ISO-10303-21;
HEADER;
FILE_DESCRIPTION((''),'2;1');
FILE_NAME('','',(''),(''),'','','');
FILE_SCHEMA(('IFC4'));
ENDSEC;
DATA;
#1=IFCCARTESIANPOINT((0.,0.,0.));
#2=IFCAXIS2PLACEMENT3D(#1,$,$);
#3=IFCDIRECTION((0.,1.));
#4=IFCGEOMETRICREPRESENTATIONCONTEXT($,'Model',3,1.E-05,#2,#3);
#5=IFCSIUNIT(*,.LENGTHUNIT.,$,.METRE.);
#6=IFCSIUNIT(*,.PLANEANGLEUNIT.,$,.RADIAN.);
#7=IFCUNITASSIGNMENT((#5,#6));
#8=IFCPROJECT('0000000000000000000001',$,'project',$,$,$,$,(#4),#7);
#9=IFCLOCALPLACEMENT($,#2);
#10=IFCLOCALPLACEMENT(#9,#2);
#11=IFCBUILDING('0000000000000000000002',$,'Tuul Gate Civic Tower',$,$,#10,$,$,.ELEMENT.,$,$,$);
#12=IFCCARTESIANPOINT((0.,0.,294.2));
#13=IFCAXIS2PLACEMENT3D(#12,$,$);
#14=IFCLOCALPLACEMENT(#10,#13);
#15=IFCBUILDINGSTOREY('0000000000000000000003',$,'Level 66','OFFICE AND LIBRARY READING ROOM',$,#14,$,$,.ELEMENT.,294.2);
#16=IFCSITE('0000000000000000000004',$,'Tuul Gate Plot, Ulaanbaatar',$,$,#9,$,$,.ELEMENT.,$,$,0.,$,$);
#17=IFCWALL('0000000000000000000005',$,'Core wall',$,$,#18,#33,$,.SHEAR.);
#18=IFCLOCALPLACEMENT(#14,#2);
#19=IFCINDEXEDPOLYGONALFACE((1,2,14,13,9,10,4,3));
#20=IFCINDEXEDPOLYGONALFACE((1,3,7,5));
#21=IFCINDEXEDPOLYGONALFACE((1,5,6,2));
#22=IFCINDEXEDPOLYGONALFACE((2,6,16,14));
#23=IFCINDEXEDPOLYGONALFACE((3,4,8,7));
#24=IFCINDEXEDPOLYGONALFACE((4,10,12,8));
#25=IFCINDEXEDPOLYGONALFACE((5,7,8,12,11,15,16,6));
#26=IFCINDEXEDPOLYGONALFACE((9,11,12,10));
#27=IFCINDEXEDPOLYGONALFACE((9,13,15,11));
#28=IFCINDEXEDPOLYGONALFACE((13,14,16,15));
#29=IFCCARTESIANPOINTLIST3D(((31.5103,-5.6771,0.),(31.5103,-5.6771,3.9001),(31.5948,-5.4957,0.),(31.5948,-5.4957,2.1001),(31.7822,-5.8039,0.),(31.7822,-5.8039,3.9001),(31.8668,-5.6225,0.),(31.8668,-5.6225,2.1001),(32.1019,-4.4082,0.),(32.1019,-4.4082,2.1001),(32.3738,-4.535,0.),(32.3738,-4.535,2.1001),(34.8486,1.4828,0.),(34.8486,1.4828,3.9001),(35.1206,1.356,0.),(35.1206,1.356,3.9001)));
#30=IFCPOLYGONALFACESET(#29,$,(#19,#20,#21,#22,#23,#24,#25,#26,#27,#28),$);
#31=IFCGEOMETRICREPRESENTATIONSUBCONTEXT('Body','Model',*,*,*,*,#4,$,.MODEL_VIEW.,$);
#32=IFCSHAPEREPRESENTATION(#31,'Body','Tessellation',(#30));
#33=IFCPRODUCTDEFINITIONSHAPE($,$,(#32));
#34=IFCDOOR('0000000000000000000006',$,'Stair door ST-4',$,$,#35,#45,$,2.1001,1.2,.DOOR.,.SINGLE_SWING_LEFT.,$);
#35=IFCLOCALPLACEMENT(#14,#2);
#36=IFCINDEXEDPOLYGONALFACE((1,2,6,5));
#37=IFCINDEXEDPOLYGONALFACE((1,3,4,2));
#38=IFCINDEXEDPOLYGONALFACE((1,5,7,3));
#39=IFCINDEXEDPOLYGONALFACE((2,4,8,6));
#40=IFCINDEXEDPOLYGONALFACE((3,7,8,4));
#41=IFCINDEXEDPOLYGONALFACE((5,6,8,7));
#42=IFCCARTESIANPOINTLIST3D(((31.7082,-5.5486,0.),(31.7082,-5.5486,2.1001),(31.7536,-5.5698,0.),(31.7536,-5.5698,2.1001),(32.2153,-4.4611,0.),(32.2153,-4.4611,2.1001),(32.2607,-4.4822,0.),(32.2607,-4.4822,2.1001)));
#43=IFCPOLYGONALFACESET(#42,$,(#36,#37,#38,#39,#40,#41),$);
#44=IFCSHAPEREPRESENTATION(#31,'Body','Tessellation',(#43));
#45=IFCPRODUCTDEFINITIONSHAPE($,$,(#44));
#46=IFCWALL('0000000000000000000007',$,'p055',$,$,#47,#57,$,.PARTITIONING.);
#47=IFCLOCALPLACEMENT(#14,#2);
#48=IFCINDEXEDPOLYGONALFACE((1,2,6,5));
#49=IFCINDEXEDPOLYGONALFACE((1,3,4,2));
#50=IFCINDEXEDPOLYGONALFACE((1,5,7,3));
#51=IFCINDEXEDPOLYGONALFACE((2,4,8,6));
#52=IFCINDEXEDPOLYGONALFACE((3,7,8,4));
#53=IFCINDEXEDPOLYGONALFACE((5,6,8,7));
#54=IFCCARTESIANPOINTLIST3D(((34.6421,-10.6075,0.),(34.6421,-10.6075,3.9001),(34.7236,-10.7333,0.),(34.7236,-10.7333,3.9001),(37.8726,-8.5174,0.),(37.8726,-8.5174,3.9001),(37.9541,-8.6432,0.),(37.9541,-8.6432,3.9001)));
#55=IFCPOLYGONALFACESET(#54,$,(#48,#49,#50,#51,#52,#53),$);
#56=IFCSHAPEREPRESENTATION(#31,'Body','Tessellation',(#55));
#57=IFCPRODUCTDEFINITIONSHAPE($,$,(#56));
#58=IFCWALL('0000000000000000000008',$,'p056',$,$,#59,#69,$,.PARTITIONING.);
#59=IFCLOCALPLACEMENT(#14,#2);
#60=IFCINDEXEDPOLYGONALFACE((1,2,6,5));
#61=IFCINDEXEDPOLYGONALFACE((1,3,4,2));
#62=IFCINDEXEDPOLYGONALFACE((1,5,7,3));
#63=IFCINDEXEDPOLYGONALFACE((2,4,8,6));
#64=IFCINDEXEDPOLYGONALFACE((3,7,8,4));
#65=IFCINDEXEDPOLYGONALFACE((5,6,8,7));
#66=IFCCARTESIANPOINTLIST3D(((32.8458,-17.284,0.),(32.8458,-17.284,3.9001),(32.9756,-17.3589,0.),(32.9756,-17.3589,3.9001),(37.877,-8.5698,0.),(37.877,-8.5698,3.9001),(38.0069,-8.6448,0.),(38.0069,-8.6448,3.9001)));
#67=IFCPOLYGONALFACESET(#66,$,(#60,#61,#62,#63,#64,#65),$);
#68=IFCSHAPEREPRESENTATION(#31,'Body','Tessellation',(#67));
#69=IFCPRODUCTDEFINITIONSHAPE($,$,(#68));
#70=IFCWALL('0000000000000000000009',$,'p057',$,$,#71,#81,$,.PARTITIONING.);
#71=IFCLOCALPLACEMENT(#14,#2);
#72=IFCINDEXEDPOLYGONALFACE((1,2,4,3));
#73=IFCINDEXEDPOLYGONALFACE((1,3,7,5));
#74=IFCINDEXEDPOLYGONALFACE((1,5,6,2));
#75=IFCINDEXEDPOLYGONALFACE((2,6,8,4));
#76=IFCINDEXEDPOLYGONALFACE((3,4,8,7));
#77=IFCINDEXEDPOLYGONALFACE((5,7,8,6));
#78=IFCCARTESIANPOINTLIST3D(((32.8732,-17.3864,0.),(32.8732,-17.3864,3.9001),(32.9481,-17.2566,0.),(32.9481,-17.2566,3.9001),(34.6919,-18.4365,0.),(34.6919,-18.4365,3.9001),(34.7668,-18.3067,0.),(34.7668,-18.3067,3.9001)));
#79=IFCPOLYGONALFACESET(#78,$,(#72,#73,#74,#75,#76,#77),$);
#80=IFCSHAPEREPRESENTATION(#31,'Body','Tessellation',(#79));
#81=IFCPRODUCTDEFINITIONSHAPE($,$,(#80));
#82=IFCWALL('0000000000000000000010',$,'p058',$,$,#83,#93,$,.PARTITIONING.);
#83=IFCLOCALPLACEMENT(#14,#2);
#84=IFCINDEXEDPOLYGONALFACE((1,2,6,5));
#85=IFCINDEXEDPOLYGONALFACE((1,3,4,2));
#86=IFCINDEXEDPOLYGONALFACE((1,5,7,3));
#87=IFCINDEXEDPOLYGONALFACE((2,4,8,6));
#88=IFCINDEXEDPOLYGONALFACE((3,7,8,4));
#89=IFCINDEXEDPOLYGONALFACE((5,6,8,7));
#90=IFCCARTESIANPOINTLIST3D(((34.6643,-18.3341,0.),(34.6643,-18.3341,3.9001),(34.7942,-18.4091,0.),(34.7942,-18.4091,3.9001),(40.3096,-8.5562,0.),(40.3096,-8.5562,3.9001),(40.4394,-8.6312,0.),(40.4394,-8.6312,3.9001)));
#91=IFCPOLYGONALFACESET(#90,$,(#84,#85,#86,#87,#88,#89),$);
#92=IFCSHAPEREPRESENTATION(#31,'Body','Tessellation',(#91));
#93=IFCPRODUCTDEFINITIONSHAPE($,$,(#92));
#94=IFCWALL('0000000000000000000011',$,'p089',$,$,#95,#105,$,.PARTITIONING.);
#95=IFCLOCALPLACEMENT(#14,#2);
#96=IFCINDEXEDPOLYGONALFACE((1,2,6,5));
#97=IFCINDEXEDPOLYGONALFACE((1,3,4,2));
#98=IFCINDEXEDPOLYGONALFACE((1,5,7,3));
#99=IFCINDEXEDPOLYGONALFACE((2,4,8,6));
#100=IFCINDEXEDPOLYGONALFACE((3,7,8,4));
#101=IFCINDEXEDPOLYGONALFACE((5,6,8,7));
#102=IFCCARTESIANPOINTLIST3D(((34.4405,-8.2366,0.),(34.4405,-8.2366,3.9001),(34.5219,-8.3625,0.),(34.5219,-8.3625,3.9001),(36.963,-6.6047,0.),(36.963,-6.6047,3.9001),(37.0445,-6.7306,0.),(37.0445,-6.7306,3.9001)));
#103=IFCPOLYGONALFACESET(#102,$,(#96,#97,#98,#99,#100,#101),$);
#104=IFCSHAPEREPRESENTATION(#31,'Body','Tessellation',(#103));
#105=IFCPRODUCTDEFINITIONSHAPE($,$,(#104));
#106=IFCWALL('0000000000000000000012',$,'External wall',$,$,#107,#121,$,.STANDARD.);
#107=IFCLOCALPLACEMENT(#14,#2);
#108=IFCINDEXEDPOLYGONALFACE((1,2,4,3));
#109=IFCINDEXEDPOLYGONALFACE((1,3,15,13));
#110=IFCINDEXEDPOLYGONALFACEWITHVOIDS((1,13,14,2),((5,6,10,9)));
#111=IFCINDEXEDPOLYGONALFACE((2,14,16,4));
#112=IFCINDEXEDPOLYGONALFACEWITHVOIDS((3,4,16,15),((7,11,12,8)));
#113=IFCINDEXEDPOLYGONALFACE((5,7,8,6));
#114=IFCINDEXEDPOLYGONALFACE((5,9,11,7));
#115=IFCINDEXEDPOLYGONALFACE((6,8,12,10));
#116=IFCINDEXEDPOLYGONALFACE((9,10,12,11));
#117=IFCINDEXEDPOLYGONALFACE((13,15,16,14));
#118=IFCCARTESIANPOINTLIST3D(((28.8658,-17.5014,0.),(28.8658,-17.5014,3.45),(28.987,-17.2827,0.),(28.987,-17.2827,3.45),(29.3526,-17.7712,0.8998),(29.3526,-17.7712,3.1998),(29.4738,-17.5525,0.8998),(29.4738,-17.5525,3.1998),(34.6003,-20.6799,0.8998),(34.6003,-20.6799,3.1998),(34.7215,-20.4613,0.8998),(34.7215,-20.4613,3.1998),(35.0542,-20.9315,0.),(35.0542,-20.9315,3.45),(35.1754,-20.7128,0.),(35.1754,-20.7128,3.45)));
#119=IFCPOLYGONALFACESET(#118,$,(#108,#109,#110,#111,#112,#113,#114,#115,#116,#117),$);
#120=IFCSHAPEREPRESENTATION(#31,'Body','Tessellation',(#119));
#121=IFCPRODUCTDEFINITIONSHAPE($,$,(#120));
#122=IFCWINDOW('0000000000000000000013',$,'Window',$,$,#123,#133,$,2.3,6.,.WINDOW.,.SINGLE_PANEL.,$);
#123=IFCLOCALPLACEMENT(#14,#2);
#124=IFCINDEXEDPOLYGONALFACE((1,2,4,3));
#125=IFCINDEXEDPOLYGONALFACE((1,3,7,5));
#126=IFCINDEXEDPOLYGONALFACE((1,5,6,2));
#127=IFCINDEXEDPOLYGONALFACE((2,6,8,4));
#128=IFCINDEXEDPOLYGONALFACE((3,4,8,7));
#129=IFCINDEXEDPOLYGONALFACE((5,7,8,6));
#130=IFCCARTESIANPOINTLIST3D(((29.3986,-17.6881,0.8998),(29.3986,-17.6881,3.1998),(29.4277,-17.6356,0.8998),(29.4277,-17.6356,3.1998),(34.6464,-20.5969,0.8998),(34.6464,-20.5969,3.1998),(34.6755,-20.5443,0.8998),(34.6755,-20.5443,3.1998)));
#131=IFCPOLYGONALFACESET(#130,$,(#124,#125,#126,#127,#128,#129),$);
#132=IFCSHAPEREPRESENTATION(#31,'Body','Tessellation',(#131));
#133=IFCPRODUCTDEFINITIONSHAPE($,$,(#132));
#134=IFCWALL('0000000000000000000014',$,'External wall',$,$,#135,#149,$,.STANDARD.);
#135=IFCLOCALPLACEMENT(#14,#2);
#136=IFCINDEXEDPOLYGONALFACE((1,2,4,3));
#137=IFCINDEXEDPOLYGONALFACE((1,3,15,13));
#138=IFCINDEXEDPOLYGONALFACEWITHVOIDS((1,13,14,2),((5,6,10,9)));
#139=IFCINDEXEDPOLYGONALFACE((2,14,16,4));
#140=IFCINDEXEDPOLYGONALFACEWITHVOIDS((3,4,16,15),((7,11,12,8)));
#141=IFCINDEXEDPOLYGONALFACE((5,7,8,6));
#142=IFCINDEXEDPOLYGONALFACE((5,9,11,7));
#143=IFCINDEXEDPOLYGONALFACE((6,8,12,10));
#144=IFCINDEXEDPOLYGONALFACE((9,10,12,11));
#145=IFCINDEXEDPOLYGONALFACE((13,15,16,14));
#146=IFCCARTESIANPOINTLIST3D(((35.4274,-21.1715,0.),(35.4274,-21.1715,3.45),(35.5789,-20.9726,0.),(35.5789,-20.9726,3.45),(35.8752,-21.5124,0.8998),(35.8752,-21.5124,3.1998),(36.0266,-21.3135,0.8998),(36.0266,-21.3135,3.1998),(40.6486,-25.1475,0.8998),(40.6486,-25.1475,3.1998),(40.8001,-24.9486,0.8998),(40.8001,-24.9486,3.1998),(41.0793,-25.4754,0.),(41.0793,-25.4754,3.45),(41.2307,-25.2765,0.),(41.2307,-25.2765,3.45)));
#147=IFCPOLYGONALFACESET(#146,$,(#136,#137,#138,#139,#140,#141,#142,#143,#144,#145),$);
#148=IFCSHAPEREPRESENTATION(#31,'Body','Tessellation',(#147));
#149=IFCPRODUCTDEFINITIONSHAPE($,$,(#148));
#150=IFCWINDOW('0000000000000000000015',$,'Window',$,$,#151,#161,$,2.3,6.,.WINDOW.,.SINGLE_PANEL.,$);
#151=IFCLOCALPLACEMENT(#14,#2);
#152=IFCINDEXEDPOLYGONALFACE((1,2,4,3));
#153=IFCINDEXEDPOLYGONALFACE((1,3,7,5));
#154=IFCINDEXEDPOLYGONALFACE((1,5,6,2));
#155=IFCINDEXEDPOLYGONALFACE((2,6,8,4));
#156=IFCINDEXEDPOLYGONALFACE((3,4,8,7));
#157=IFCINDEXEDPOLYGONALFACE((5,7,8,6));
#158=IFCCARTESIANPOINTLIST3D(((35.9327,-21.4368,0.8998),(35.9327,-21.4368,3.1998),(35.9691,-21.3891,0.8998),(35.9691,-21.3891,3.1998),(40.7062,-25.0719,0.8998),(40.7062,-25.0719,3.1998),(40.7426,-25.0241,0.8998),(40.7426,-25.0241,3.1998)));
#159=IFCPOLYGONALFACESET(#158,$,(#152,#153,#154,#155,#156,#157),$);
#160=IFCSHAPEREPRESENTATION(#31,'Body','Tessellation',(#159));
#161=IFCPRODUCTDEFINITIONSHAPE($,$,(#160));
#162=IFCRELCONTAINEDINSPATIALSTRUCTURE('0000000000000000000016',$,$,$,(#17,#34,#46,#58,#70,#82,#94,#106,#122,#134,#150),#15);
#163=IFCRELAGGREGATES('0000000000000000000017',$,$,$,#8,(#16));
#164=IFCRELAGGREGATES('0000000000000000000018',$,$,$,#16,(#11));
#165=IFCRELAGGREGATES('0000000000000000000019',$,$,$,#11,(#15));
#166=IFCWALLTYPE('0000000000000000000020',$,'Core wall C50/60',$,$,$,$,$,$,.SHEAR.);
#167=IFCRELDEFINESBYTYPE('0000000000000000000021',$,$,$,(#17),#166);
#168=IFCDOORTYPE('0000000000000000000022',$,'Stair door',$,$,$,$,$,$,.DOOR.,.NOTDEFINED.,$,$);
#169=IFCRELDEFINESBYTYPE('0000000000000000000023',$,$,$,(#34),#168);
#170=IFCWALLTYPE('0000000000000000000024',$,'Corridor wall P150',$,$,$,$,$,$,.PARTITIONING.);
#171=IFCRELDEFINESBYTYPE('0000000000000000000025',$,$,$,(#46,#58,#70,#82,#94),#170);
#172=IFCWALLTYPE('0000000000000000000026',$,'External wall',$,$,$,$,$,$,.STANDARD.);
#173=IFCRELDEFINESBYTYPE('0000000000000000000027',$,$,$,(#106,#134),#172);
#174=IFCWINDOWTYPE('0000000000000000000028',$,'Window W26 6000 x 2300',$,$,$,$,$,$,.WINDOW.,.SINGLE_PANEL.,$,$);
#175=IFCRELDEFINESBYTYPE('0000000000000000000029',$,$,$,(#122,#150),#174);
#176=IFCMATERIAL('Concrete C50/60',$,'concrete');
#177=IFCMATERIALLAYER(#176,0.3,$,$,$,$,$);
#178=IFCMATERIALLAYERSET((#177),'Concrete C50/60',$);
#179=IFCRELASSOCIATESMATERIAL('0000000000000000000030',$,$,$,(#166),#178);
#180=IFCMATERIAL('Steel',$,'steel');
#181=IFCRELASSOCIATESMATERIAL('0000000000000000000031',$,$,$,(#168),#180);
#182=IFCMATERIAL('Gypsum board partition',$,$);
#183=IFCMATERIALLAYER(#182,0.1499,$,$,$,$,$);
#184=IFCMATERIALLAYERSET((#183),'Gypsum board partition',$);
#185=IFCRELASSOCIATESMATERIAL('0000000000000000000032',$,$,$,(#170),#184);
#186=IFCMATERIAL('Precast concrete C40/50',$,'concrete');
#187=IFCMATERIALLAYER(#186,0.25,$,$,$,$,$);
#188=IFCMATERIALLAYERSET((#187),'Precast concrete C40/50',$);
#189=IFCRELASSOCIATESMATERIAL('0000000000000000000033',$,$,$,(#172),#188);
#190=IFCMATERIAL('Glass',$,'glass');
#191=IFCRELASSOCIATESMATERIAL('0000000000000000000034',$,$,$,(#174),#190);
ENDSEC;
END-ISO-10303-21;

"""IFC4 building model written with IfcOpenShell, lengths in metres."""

from ifc_helpers import new_model, si_unit, direction, frame, frame_2d, origin, place, context, subcontext, project, spatial, rectangle, extrude, material, layer, layer_set, type_object, element, fill, save


model = new_model("IFC4")

# Units and contexts
model_context = context("Model", 3, precision=1e-05, world=origin(), true_north=direction((0.0, 1.0)))
body_context = subcontext(model_context, "Body", "Model", "MODEL_VIEW")
ifc_project = project(units=[si_unit("LENGTHUNIT", "METRE"), si_unit("PLANEANGLEUNIT", "RADIAN")], contexts=[model_context])

# Site, building, storey
site_placement = place(None, origin())
site = spatial("IfcSite", under=ifc_project, at=site_placement, Name="Tuul Gate Plot, Ulaanbaatar", CompositionType="ELEMENT", RefElevation=0.0)
building_placement = place(site_placement, origin())
building = spatial("IfcBuilding", under=site, at=building_placement, Name="Tuul Gate Civic Tower", CompositionType="ELEMENT")
storey_placement = place(building_placement, frame((0.0, 0.0, 294.2)))
storey = spatial("IfcBuildingStorey", under=building, at=storey_placement, Name="Level 66", Description="OFFICE AND LIBRARY READING ROOM", CompositionType="ELEMENT", Elevation=294.2)

# Shared definitions
ifc_material_1 = material(Name="Concrete C50/60", Category="concrete")
ifc_layer_1 = layer(ifc_material_1, 0.3)
ifc_layer_set_1 = layer_set([ifc_layer_1], Name="Concrete C50/60")
wall_type_1 = type_object("IfcWallType", Name="Core wall C50/60", PredefinedType="SHEAR", material=ifc_layer_set_1)

# Wall, opening, door
wall_1_placement = place(storey_placement, frame((31.6462, -5.7405, 0.0), z_axis=(0.0, 0.0, 1.0), x_axis=(0.422583, 0.906324, 0.0)))
wall_1 = element("IfcWall", 1, at=wall_1_placement, inside=storey, type_object=wall_type_1, Name="Core wall", PredefinedType="SHEAR", context=body_context, shape_type="SweptSolid", body=[
    extrude(rectangle(XDim=7.8999, YDim=0.3, at=frame_2d((3.95, 0.0))), origin(), (0.0, 0.0, 1.0), 3.9001),
])
opening_1_placement = place(wall_1_placement, frame((0.2, 0.0, 0.0)))
opening_1 = element("IfcOpeningElement", 2, at=opening_1_placement, cuts=wall_1, PredefinedType="OPENING", context=body_context, shape_type="SweptSolid", body=[
    extrude(rectangle(XDim=1.2, YDim=2.1001, at=frame_2d((0.6001, 1.05))), frame((0.0, 0.1602, 0.0), z_axis=(0.0, -1.0, 0.0), x_axis=(1.0, 0.0, 0.0)), (0.0, 0.0, 1.0), 0.3201),
])
ifc_material_2 = material(Name="Steel", Category="steel")
door_type_1 = type_object("IfcDoorType", Name="Stair door", OperationType="NOTDEFINED", PredefinedType="DOOR", material=ifc_material_2)
door_1_placement = place(opening_1_placement, origin())
door_1 = element("IfcDoor", 3, at=door_1_placement, inside=storey, type_object=door_type_1, Name="Stair door ST-4", OperationType="SINGLE_SWING_LEFT", OverallHeight=2.1001, OverallWidth=1.2, PredefinedType="DOOR", context=body_context, shape_type="SweptSolid", body=[
    extrude(rectangle(XDim=1.2, YDim=2.1001, at=frame_2d((0.6001, 1.05))), frame((0.0, 0.0249, 0.0), z_axis=(0.0, -1.0, 0.0), x_axis=(1.0, 0.0, 0.0)), (0.0, 0.0, 1.0), 0.05),
])
fill(opening_1, door_1)

# Walls
ifc_material_3 = material(Name="Gypsum board partition")
ifc_layer_2 = layer(ifc_material_3, 0.1499)
ifc_layer_set_2 = layer_set([ifc_layer_2], Name="Gypsum board partition")
wall_type_2 = type_object("IfcWallType", Name="Corridor wall P150", PredefinedType="PARTITIONING", material=ifc_layer_set_2)
wall_2_placement = place(storey_placement, frame((34.6829, -10.6704, 0.0), z_axis=(0.0, 0.0, 1.0), x_axis=(0.839596, 0.543212, 0.0)))
element("IfcWall", 4, at=wall_2_placement, inside=storey, type_object=wall_type_2, Name="p055", PredefinedType="PARTITIONING", context=body_context, shape_type="SweptSolid", body=[
    extrude(rectangle(XDim=3.8477, YDim=0.1499, at=frame_2d((1.9238, 0.0))), origin(), (0.0, 0.0, 1.0), 3.9001),
])
wall_3_placement = place(storey_placement, frame((32.9106, -17.3215, 0.0), z_axis=(0.0, 0.0, 1.0), x_axis=(0.500012, 0.866019, 0.0)))
element("IfcWall", 5, at=wall_3_placement, inside=storey, type_object=wall_type_2, Name="p056", PredefinedType="PARTITIONING", context=body_context, shape_type="SweptSolid", body=[
    extrude(rectangle(XDim=10.0623, YDim=0.1499, at=frame_2d((5.0312, 0.0))), origin(), (0.0, 0.0, 1.0), 3.9001),
])
wall_4_placement = place(storey_placement, frame((32.9106, -17.3215, 0.0), z_axis=(0.0, 0.0, 1.0), x_axis=(0.866009, -0.500028, 0.0)))
element("IfcWall", 6, at=wall_4_placement, inside=storey, type_object=wall_type_2, Name="p057", PredefinedType="PARTITIONING", context=body_context, shape_type="SweptSolid", body=[
    extrude(rectangle(XDim=2.1001, YDim=0.1499, at=frame_2d((1.05, 0.0))), origin(), (0.0, 0.0, 1.0), 3.9001),
])
wall_5_placement = place(storey_placement, frame((34.7292, -18.3716, 0.0), z_axis=(0.0, 0.0, 1.0), x_axis=(0.500002, 0.866024, 0.0)))
element("IfcWall", 7, at=wall_5_placement, inside=storey, type_object=wall_type_2, Name="p058", PredefinedType="PARTITIONING", context=body_context, shape_type="SweptSolid", body=[
    extrude(rectangle(XDim=11.2905, YDim=0.1499, at=frame_2d((5.6453, 0.0))), origin(), (0.0, 0.0, 1.0), 3.9001),
])
wall_6_placement = place(storey_placement, frame((34.4812, -8.2996, 0.0), z_axis=(0.0, 0.0, 1.0), x_axis=(0.839622, 0.54317, 0.0)))
element("IfcWall", 8, at=wall_6_placement, inside=storey, type_object=wall_type_2, Name="p089", PredefinedType="PARTITIONING", context=body_context, shape_type="SweptSolid", body=[
    extrude(rectangle(XDim=3.0044, YDim=0.1499, at=frame_2d((1.5022, 0.0))), origin(), (0.0, 0.0, 1.0), 3.9001),
])

# Walls, openings, windows
ifc_material_4 = material(Name="Precast concrete C40/50", Category="concrete")
ifc_layer_3 = layer(ifc_material_4, 0.25)
ifc_layer_set_3 = layer_set([ifc_layer_3], Name="Precast concrete C40/50")
wall_type_3 = type_object("IfcWallType", Name="External wall", PredefinedType="STANDARD", material=ifc_layer_set_3)
wall_7_placement = place(storey_placement, frame((28.9265, -17.3921, 0.0), z_axis=(0.0, 0.0, 1.0), x_axis=(0.874629, -0.484793, 0.0)))
wall_7 = element("IfcWall", 9, at=wall_7_placement, inside=storey, type_object=wall_type_3, Name="External wall", PredefinedType="STANDARD", context=body_context, shape_type="SweptSolid", body=[
    extrude(rectangle(XDim=7.0754, YDim=0.25, at=frame_2d((3.5376, 0.0))), origin(), (0.0, 0.0, 1.0), 3.45),
])
opening_2_placement = place(wall_7_placement, frame((0.5564, 0.0, 0.8999)))
opening_2 = element("IfcOpeningElement", 10, at=opening_2_placement, cuts=wall_7, PredefinedType="OPENING", context=body_context, shape_type="SweptSolid", body=[
    extrude(rectangle(XDim=6.0, YDim=2.3, at=frame_2d((3.0, 1.1499))), frame((0.0, 0.135, 0.0), z_axis=(0.0, -1.0, 0.0), x_axis=(1.0, 0.0, 0.0)), (0.0, 0.0, 1.0), 0.27),
])
ifc_material_5 = material(Name="Glass", Category="glass")
window_type = type_object("IfcWindowType", Name="Window W26 6000 x 2300", PartitioningType="SINGLE_PANEL", PredefinedType="WINDOW", material=ifc_material_5)
window_1_placement = place(opening_2_placement, origin())
window_1 = element("IfcWindow", 11, at=window_1_placement, inside=storey, type_object=window_type, Name="Window", OverallHeight=2.3, OverallWidth=6.0, PartitioningType="SINGLE_PANEL", PredefinedType="WINDOW", context=body_context, shape_type="SweptSolid", body=[
    extrude(rectangle(XDim=6.0, YDim=2.3, at=frame_2d((3.0, 1.1499))), frame((0.0, 0.03, 0.0), z_axis=(0.0, -1.0, 0.0), x_axis=(1.0, 0.0, 0.0)), (0.0, 0.0, 1.0), 0.0601),
])
fill(opening_2, window_1)
wall_8_placement = place(storey_placement, frame((35.5032, -21.072, 0.0), z_axis=(0.0, 0.0, 1.0), x_axis=(0.795582, -0.605845, 0.0)))
wall_8 = element("IfcWall", 12, at=wall_8_placement, inside=storey, type_object=wall_type_3, Name="External wall", PredefinedType="STANDARD", context=body_context, shape_type="SweptSolid", body=[
    extrude(rectangle(XDim=7.104, YDim=0.25, at=frame_2d((3.552, 0.0))), origin(), (0.0, 0.0, 1.0), 3.45),
])
opening_3_placement = place(wall_8_placement, frame((0.5627, 0.0, 0.8999)))
opening_3 = element("IfcOpeningElement", 13, at=opening_3_placement, cuts=wall_8, PredefinedType="OPENING", context=body_context, shape_type="SweptSolid", body=[
    extrude(rectangle(XDim=6.0, YDim=2.3, at=frame_2d((3.0, 1.1499))), frame((0.0, 0.135, 0.0), z_axis=(0.0, -1.0, 0.0), x_axis=(1.0, 0.0, 0.0)), (0.0, 0.0, 1.0), 0.27),
])
window_2_placement = place(opening_3_placement, origin())
window_2 = element("IfcWindow", 14, at=window_2_placement, inside=storey, type_object=window_type, Name="Window", OverallHeight=2.3, OverallWidth=6.0, PartitioningType="SINGLE_PANEL", PredefinedType="WINDOW", context=body_context, shape_type="SweptSolid", body=[
    extrude(rectangle(XDim=6.0, YDim=2.3, at=frame_2d((3.0, 1.1499))), frame((0.0, 0.03, 0.0), z_axis=(0.0, -1.0, 0.0), x_axis=(1.0, 0.0, 0.0)), (0.0, 0.0, 1.0), 0.0601),
])
fill(opening_3, window_2)

save(model, "model.ifc")
